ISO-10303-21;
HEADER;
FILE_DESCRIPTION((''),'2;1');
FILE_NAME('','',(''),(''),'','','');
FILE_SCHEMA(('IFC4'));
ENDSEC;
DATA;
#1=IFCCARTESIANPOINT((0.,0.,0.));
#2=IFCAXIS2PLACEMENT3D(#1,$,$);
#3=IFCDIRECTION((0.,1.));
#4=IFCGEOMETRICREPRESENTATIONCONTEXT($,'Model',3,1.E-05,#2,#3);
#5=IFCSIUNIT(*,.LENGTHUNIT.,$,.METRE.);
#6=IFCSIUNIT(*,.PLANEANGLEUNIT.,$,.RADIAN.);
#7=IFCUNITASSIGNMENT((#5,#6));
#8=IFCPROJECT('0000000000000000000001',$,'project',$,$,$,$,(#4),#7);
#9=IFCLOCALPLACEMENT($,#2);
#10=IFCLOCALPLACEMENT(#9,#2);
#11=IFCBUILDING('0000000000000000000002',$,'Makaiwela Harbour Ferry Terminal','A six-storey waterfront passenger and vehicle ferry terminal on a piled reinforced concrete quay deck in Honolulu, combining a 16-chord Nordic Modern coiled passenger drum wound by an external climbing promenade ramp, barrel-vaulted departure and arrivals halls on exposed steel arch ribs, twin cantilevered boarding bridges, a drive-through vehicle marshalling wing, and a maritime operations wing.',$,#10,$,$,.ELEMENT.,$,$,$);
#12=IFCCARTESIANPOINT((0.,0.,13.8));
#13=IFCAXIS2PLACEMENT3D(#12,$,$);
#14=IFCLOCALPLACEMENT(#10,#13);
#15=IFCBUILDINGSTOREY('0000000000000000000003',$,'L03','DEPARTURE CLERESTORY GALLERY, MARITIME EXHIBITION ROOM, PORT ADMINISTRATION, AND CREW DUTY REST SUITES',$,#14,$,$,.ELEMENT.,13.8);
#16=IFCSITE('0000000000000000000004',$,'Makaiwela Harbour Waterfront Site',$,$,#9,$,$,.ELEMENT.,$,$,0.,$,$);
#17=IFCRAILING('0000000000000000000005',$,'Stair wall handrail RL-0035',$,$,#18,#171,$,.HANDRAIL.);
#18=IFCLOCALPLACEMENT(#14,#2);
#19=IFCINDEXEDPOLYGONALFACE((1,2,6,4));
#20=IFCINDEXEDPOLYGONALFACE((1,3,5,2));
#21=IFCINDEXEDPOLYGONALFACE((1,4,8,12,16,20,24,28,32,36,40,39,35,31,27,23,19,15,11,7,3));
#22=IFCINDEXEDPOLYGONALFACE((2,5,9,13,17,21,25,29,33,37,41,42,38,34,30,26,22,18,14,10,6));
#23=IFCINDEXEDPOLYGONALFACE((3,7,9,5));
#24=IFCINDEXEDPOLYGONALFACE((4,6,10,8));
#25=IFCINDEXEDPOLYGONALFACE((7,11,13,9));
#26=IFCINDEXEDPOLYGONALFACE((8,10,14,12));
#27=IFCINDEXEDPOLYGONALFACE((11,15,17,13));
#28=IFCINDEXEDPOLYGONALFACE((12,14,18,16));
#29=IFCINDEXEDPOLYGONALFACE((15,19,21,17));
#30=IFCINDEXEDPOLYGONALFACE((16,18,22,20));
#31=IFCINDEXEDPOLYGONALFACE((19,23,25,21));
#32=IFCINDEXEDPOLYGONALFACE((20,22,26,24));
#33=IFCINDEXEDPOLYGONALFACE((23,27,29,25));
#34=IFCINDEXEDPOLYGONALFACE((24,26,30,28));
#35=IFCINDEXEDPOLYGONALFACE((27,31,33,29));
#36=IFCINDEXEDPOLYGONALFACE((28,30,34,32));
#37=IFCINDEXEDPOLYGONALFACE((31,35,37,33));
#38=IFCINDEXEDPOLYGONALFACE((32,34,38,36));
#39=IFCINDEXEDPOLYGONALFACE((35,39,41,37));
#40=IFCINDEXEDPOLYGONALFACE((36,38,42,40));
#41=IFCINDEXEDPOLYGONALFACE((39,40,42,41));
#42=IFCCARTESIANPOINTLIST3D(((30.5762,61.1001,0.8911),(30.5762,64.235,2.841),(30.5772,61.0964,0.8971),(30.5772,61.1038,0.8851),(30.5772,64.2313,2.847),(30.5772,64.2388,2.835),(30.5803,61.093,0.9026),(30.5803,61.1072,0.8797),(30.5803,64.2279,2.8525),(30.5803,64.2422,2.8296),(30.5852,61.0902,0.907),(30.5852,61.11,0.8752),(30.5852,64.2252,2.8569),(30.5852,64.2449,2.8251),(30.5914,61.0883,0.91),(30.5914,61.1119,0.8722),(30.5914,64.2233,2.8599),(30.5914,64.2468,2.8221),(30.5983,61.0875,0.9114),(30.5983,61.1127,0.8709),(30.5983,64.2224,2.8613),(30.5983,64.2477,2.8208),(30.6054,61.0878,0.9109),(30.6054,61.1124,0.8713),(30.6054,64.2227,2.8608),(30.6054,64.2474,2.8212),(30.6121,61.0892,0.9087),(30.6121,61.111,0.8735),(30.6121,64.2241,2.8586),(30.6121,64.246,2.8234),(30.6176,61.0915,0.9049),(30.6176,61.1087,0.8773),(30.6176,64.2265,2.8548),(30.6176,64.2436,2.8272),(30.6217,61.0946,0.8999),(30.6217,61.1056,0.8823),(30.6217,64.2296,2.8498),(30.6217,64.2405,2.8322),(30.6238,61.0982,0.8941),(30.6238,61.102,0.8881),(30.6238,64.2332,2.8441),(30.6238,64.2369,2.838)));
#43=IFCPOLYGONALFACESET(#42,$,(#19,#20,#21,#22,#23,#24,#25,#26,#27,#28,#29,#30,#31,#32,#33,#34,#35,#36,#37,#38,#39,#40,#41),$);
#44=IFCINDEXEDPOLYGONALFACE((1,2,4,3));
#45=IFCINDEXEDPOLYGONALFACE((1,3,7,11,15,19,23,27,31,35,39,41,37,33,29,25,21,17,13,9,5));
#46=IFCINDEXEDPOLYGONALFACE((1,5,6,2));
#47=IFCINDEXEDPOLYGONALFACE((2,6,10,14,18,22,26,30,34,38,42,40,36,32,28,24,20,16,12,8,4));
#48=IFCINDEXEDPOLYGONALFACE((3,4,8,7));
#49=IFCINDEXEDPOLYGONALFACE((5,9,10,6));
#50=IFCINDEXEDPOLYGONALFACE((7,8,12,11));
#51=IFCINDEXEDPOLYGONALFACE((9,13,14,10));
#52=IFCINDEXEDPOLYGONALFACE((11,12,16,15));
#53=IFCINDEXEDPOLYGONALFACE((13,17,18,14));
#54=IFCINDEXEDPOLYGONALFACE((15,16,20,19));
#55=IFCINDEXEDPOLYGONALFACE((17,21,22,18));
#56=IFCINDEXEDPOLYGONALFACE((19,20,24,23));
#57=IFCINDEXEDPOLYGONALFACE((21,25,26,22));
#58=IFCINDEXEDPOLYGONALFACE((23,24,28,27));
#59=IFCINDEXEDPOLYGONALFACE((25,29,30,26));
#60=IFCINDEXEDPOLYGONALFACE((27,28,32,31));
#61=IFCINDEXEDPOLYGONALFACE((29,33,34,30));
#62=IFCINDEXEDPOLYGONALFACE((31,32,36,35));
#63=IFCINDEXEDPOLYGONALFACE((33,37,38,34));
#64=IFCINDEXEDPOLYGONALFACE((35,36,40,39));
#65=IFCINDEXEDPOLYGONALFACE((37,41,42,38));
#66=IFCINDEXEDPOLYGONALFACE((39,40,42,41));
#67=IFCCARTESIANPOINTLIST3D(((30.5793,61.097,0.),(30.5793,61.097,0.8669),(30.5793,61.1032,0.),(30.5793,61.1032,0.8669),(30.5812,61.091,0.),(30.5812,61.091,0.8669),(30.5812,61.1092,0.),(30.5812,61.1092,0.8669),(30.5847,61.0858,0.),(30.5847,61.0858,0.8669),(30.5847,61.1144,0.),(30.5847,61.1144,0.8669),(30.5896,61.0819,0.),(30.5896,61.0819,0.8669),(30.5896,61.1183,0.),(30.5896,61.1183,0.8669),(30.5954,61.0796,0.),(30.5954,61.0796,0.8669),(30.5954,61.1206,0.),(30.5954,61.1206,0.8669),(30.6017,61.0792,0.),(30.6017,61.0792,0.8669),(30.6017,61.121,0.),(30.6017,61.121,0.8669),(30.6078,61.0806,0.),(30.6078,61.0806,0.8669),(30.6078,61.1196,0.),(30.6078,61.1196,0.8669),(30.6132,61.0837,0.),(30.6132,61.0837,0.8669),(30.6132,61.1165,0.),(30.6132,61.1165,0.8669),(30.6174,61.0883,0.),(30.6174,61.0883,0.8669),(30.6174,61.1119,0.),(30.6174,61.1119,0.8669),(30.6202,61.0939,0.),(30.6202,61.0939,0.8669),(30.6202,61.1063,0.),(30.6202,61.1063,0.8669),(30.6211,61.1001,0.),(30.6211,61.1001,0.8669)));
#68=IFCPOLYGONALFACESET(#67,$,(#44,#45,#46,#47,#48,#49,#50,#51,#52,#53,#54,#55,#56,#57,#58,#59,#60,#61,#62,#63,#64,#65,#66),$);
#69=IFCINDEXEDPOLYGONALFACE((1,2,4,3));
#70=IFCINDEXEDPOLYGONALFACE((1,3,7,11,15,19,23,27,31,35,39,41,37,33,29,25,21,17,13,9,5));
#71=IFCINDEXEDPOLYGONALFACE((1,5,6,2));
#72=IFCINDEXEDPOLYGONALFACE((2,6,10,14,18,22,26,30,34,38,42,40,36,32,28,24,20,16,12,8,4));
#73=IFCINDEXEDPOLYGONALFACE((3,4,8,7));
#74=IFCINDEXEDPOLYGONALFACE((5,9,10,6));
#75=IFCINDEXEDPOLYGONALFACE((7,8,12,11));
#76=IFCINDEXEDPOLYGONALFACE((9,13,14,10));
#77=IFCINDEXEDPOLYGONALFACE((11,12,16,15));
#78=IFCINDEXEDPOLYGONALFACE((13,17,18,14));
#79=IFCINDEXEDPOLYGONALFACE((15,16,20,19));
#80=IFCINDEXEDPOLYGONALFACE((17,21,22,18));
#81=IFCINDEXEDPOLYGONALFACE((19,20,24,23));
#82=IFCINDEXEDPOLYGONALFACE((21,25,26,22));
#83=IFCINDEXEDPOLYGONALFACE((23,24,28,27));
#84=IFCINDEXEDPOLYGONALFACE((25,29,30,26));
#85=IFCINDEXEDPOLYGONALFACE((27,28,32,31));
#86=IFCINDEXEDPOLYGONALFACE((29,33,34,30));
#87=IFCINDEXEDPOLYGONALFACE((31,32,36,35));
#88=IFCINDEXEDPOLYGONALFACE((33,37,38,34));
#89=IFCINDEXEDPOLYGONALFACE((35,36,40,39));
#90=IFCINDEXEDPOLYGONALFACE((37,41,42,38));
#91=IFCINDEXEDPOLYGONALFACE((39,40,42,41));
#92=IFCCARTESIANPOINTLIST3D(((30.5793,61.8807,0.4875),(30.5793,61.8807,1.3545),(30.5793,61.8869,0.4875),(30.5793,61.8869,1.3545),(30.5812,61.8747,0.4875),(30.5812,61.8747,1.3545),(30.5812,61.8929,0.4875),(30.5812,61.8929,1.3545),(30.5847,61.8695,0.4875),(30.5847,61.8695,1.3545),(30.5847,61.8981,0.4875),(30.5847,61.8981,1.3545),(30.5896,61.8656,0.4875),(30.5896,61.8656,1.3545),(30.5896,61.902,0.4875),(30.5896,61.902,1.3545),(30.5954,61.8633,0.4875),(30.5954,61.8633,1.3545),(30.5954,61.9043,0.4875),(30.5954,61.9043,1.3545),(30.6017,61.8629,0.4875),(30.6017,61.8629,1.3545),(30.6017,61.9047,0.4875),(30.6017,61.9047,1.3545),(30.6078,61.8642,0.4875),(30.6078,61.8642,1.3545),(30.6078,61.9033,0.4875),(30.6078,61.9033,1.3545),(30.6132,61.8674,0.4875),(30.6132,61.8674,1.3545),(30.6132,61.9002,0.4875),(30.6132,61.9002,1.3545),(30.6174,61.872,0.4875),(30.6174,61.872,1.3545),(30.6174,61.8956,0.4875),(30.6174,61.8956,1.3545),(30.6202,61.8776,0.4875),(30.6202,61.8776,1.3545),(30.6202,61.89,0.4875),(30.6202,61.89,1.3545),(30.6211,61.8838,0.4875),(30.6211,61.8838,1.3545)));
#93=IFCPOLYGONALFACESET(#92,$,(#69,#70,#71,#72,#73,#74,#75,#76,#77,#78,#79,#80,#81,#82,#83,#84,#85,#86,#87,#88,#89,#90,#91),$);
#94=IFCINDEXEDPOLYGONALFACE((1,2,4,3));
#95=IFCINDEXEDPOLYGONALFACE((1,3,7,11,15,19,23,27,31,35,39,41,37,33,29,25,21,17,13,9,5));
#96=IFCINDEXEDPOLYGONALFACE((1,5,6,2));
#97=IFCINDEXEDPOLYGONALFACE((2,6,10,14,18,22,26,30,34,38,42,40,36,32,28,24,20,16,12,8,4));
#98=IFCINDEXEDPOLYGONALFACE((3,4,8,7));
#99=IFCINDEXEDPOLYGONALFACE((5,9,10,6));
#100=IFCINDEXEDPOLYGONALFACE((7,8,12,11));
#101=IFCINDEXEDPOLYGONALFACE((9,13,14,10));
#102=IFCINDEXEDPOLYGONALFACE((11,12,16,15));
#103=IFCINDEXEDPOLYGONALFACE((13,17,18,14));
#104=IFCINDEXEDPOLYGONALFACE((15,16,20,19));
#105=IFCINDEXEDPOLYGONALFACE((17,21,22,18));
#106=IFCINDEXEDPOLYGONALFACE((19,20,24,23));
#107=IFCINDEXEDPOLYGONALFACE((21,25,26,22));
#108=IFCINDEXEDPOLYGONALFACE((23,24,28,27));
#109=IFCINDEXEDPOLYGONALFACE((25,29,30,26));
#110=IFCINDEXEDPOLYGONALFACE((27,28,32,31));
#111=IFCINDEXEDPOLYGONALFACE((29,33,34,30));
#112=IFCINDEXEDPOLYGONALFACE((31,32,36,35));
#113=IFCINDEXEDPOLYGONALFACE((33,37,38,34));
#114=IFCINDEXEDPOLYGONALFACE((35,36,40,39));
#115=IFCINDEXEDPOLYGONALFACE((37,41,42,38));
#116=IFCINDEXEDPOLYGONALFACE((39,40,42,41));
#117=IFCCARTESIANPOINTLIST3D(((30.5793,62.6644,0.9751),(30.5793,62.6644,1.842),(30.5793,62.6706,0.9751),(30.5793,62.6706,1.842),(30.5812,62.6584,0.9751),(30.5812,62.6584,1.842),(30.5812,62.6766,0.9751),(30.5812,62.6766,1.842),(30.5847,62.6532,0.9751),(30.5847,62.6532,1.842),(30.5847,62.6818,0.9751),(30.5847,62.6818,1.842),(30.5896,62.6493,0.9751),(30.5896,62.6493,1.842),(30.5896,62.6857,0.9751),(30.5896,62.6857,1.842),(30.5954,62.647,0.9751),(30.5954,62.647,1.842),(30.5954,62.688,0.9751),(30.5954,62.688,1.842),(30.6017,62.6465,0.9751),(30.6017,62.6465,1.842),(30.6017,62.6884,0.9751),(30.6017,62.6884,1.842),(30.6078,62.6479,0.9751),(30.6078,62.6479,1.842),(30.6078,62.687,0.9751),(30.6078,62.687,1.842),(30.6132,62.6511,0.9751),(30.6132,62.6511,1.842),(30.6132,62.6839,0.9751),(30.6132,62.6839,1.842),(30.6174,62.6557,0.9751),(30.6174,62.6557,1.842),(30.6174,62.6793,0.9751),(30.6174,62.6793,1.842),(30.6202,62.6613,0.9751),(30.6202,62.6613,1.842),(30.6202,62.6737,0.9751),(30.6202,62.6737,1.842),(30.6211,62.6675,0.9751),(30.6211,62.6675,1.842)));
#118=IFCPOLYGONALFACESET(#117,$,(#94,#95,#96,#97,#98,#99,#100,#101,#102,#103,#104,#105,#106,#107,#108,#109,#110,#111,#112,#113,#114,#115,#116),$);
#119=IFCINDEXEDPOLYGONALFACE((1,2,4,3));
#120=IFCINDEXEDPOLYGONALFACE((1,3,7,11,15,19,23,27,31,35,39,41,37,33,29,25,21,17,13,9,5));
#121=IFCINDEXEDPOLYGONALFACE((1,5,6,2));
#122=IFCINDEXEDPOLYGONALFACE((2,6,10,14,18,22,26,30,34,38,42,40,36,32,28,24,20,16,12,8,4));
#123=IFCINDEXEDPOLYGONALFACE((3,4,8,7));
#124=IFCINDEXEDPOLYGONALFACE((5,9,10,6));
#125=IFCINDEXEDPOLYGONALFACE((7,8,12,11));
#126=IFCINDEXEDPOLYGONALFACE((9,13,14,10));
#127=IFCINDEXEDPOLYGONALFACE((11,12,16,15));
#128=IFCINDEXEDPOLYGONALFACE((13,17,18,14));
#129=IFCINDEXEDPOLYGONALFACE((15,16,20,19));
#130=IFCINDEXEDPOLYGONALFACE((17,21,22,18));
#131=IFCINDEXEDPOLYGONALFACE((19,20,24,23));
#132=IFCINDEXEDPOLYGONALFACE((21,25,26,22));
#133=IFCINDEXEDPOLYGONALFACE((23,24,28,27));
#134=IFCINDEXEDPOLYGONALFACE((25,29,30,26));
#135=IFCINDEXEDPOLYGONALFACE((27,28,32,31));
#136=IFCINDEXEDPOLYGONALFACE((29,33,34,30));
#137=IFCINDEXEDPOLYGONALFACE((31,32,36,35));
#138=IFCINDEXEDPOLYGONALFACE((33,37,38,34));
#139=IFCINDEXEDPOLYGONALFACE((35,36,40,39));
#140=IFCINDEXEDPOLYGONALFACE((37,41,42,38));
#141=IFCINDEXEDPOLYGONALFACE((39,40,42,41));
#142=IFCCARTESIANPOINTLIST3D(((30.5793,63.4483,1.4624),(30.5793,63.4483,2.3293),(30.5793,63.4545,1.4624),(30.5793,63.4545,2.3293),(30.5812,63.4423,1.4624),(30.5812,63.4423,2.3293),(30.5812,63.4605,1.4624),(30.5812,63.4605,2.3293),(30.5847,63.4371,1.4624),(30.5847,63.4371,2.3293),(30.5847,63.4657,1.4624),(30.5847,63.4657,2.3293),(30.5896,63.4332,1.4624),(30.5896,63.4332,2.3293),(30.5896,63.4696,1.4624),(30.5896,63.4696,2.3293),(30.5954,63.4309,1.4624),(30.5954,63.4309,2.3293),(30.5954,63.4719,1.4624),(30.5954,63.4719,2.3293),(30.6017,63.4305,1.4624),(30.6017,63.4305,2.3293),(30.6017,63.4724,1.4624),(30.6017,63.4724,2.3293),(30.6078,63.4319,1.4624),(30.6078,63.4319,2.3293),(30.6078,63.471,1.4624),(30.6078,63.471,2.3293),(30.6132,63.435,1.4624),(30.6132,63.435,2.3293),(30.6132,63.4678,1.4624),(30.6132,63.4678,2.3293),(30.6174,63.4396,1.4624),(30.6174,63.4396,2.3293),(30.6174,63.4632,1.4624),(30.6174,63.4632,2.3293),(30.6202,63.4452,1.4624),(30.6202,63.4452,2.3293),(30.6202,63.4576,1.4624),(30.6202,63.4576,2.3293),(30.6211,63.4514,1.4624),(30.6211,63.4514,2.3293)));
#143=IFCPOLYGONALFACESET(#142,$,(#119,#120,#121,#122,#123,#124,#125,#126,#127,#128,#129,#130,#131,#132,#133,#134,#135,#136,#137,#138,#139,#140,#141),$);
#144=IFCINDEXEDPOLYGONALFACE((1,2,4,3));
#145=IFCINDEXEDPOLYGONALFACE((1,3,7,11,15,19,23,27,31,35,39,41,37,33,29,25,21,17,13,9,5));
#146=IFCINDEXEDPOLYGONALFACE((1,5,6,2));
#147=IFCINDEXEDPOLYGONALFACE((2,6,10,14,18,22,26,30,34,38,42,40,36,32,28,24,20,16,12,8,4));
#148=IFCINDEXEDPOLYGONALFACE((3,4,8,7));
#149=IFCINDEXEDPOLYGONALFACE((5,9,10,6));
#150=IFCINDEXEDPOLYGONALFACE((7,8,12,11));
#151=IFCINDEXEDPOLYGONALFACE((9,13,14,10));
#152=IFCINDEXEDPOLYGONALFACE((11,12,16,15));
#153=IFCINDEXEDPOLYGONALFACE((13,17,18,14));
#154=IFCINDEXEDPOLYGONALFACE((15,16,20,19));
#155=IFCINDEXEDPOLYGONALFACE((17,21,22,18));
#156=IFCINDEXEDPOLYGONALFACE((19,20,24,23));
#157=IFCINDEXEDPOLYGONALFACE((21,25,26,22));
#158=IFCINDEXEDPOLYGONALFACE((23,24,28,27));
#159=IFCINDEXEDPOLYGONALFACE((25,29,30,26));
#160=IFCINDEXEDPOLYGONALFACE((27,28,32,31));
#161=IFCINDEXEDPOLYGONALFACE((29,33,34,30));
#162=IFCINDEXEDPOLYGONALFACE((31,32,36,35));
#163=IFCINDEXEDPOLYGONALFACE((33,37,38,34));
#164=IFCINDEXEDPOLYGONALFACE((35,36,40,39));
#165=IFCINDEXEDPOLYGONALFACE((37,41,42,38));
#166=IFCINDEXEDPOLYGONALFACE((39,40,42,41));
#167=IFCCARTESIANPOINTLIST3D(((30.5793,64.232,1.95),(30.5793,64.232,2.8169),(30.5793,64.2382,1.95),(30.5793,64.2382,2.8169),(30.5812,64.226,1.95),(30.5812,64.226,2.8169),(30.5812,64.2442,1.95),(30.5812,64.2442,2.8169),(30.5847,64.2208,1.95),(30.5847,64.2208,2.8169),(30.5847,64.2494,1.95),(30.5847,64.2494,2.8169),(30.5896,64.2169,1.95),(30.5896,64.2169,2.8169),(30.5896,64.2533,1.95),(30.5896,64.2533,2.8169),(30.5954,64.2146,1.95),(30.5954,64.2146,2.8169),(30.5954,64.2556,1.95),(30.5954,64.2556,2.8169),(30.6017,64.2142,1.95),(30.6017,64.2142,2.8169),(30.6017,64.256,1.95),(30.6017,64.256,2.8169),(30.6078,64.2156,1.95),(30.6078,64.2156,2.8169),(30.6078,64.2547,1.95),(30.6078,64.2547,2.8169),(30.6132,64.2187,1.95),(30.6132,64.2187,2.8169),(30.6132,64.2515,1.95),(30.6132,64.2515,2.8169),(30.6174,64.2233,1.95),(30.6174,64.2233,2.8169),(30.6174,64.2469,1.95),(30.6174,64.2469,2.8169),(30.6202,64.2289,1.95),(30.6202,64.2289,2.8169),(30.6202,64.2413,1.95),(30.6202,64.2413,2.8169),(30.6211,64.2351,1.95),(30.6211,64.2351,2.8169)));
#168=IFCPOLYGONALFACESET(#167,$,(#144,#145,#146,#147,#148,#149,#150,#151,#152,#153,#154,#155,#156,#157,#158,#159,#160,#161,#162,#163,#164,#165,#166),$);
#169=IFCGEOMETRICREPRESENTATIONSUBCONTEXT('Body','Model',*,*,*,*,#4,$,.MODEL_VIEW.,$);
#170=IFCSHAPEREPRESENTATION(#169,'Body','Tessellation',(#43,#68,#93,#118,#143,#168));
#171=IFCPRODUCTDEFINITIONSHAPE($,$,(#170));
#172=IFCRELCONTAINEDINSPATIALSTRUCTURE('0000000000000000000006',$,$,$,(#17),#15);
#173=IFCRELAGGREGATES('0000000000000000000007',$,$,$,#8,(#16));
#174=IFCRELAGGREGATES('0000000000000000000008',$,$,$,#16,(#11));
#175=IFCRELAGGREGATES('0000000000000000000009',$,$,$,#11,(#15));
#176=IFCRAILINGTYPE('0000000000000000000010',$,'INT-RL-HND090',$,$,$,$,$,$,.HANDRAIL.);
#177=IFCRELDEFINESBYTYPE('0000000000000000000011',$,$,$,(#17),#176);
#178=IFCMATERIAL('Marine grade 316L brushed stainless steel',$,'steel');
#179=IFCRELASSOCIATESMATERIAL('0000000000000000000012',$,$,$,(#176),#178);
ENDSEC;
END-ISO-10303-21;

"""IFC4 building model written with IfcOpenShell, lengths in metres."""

from ifc_helpers import new_model, si_unit, direction, frame, origin, origin_2d, place, context, subcontext, project, spatial, circle, extrude, material, type_object, element, save


model = new_model("IFC4")

# Units and contexts
model_context = context("Model", 3, precision=1e-05, world=origin(), true_north=direction((0.0, 1.0)))
body_context = subcontext(model_context, "Body", "Model", "MODEL_VIEW")
ifc_project = project(units=[si_unit("LENGTHUNIT", "METRE"), si_unit("PLANEANGLEUNIT", "RADIAN")], contexts=[model_context])

# Site, building, storey
site_placement = place(None, origin())
site = spatial("IfcSite", under=ifc_project, at=site_placement, Name="Makaiwela Harbour Waterfront Site", CompositionType="ELEMENT", RefElevation=0.0)
building_placement = place(site_placement, origin())
building = spatial("IfcBuilding", under=site, at=building_placement, Name="Makaiwela Harbour Ferry Terminal", Description="A six-storey waterfront passenger and vehicle ferry terminal on a piled reinforced concrete quay deck in Honolulu, combining a 16-chord Nordic Modern coiled passenger drum wound by an external climbing promenade ramp, barrel-vaulted departure and arrivals halls on exposed steel arch ribs, twin cantilevered boarding bridges, a drive-through vehicle marshalling wing, and a maritime operations wing.", CompositionType="ELEMENT")
storey_placement = place(building_placement, frame((0.0, 0.0, 13.8)))
storey = spatial("IfcBuildingStorey", under=building, at=storey_placement, Name="L03", Description="DEPARTURE CLERESTORY GALLERY, MARITIME EXHIBITION ROOM, PORT ADMINISTRATION, AND CREW DUTY REST SUITES", CompositionType="ELEMENT", Elevation=13.8)

# Railing
ifc_material_1 = material(Name="Marine grade 316L brushed stainless steel", Category="steel")
railing_type_1 = type_object("IfcRailingType", Name="INT-RL-HND090", PredefinedType="HANDRAIL", material=ifc_material_1)
railing_1_placement = place(storey_placement, frame((30.6001, 61.1001, 0.0)))
element("IfcRailing", 1, at=railing_1_placement, inside=storey, type_object=railing_type_1, Name="Stair wall handrail RL-0035", PredefinedType="HANDRAIL", context=body_context, shape_type="SweptSolid", body=[
    extrude(circle(Radius=0.0239, at=origin_2d()), frame((0.0, 0.0, 0.8911), z_axis=(0.0, 0.849144, 0.528161), x_axis=(-1.0, 0.0, 0.0)), (0.0, 0.0, 1.0), 3.6919),
    extrude(circle(Radius=0.021, at=origin_2d()), origin(), (0.0, 0.0, 1.0), 0.8669),
    extrude(circle(Radius=0.021, at=origin_2d()), frame((0.0, 0.7837, 0.4875)), (0.0, 0.0, 1.0), 0.8669),
    extrude(circle(Radius=0.021, at=origin_2d()), frame((0.0, 1.5674, 0.9751)), (0.0, 0.0, 1.0), 0.8669),
    extrude(circle(Radius=0.021, at=origin_2d()), frame((0.0, 2.3513, 1.4624)), (0.0, 0.0, 1.0), 0.8669),
    extrude(circle(Radius=0.021, at=origin_2d()), frame((0.0, 3.135, 1.95)), (0.0, 0.0, 1.0), 0.8669),
])

save(model, "model.ifc")
